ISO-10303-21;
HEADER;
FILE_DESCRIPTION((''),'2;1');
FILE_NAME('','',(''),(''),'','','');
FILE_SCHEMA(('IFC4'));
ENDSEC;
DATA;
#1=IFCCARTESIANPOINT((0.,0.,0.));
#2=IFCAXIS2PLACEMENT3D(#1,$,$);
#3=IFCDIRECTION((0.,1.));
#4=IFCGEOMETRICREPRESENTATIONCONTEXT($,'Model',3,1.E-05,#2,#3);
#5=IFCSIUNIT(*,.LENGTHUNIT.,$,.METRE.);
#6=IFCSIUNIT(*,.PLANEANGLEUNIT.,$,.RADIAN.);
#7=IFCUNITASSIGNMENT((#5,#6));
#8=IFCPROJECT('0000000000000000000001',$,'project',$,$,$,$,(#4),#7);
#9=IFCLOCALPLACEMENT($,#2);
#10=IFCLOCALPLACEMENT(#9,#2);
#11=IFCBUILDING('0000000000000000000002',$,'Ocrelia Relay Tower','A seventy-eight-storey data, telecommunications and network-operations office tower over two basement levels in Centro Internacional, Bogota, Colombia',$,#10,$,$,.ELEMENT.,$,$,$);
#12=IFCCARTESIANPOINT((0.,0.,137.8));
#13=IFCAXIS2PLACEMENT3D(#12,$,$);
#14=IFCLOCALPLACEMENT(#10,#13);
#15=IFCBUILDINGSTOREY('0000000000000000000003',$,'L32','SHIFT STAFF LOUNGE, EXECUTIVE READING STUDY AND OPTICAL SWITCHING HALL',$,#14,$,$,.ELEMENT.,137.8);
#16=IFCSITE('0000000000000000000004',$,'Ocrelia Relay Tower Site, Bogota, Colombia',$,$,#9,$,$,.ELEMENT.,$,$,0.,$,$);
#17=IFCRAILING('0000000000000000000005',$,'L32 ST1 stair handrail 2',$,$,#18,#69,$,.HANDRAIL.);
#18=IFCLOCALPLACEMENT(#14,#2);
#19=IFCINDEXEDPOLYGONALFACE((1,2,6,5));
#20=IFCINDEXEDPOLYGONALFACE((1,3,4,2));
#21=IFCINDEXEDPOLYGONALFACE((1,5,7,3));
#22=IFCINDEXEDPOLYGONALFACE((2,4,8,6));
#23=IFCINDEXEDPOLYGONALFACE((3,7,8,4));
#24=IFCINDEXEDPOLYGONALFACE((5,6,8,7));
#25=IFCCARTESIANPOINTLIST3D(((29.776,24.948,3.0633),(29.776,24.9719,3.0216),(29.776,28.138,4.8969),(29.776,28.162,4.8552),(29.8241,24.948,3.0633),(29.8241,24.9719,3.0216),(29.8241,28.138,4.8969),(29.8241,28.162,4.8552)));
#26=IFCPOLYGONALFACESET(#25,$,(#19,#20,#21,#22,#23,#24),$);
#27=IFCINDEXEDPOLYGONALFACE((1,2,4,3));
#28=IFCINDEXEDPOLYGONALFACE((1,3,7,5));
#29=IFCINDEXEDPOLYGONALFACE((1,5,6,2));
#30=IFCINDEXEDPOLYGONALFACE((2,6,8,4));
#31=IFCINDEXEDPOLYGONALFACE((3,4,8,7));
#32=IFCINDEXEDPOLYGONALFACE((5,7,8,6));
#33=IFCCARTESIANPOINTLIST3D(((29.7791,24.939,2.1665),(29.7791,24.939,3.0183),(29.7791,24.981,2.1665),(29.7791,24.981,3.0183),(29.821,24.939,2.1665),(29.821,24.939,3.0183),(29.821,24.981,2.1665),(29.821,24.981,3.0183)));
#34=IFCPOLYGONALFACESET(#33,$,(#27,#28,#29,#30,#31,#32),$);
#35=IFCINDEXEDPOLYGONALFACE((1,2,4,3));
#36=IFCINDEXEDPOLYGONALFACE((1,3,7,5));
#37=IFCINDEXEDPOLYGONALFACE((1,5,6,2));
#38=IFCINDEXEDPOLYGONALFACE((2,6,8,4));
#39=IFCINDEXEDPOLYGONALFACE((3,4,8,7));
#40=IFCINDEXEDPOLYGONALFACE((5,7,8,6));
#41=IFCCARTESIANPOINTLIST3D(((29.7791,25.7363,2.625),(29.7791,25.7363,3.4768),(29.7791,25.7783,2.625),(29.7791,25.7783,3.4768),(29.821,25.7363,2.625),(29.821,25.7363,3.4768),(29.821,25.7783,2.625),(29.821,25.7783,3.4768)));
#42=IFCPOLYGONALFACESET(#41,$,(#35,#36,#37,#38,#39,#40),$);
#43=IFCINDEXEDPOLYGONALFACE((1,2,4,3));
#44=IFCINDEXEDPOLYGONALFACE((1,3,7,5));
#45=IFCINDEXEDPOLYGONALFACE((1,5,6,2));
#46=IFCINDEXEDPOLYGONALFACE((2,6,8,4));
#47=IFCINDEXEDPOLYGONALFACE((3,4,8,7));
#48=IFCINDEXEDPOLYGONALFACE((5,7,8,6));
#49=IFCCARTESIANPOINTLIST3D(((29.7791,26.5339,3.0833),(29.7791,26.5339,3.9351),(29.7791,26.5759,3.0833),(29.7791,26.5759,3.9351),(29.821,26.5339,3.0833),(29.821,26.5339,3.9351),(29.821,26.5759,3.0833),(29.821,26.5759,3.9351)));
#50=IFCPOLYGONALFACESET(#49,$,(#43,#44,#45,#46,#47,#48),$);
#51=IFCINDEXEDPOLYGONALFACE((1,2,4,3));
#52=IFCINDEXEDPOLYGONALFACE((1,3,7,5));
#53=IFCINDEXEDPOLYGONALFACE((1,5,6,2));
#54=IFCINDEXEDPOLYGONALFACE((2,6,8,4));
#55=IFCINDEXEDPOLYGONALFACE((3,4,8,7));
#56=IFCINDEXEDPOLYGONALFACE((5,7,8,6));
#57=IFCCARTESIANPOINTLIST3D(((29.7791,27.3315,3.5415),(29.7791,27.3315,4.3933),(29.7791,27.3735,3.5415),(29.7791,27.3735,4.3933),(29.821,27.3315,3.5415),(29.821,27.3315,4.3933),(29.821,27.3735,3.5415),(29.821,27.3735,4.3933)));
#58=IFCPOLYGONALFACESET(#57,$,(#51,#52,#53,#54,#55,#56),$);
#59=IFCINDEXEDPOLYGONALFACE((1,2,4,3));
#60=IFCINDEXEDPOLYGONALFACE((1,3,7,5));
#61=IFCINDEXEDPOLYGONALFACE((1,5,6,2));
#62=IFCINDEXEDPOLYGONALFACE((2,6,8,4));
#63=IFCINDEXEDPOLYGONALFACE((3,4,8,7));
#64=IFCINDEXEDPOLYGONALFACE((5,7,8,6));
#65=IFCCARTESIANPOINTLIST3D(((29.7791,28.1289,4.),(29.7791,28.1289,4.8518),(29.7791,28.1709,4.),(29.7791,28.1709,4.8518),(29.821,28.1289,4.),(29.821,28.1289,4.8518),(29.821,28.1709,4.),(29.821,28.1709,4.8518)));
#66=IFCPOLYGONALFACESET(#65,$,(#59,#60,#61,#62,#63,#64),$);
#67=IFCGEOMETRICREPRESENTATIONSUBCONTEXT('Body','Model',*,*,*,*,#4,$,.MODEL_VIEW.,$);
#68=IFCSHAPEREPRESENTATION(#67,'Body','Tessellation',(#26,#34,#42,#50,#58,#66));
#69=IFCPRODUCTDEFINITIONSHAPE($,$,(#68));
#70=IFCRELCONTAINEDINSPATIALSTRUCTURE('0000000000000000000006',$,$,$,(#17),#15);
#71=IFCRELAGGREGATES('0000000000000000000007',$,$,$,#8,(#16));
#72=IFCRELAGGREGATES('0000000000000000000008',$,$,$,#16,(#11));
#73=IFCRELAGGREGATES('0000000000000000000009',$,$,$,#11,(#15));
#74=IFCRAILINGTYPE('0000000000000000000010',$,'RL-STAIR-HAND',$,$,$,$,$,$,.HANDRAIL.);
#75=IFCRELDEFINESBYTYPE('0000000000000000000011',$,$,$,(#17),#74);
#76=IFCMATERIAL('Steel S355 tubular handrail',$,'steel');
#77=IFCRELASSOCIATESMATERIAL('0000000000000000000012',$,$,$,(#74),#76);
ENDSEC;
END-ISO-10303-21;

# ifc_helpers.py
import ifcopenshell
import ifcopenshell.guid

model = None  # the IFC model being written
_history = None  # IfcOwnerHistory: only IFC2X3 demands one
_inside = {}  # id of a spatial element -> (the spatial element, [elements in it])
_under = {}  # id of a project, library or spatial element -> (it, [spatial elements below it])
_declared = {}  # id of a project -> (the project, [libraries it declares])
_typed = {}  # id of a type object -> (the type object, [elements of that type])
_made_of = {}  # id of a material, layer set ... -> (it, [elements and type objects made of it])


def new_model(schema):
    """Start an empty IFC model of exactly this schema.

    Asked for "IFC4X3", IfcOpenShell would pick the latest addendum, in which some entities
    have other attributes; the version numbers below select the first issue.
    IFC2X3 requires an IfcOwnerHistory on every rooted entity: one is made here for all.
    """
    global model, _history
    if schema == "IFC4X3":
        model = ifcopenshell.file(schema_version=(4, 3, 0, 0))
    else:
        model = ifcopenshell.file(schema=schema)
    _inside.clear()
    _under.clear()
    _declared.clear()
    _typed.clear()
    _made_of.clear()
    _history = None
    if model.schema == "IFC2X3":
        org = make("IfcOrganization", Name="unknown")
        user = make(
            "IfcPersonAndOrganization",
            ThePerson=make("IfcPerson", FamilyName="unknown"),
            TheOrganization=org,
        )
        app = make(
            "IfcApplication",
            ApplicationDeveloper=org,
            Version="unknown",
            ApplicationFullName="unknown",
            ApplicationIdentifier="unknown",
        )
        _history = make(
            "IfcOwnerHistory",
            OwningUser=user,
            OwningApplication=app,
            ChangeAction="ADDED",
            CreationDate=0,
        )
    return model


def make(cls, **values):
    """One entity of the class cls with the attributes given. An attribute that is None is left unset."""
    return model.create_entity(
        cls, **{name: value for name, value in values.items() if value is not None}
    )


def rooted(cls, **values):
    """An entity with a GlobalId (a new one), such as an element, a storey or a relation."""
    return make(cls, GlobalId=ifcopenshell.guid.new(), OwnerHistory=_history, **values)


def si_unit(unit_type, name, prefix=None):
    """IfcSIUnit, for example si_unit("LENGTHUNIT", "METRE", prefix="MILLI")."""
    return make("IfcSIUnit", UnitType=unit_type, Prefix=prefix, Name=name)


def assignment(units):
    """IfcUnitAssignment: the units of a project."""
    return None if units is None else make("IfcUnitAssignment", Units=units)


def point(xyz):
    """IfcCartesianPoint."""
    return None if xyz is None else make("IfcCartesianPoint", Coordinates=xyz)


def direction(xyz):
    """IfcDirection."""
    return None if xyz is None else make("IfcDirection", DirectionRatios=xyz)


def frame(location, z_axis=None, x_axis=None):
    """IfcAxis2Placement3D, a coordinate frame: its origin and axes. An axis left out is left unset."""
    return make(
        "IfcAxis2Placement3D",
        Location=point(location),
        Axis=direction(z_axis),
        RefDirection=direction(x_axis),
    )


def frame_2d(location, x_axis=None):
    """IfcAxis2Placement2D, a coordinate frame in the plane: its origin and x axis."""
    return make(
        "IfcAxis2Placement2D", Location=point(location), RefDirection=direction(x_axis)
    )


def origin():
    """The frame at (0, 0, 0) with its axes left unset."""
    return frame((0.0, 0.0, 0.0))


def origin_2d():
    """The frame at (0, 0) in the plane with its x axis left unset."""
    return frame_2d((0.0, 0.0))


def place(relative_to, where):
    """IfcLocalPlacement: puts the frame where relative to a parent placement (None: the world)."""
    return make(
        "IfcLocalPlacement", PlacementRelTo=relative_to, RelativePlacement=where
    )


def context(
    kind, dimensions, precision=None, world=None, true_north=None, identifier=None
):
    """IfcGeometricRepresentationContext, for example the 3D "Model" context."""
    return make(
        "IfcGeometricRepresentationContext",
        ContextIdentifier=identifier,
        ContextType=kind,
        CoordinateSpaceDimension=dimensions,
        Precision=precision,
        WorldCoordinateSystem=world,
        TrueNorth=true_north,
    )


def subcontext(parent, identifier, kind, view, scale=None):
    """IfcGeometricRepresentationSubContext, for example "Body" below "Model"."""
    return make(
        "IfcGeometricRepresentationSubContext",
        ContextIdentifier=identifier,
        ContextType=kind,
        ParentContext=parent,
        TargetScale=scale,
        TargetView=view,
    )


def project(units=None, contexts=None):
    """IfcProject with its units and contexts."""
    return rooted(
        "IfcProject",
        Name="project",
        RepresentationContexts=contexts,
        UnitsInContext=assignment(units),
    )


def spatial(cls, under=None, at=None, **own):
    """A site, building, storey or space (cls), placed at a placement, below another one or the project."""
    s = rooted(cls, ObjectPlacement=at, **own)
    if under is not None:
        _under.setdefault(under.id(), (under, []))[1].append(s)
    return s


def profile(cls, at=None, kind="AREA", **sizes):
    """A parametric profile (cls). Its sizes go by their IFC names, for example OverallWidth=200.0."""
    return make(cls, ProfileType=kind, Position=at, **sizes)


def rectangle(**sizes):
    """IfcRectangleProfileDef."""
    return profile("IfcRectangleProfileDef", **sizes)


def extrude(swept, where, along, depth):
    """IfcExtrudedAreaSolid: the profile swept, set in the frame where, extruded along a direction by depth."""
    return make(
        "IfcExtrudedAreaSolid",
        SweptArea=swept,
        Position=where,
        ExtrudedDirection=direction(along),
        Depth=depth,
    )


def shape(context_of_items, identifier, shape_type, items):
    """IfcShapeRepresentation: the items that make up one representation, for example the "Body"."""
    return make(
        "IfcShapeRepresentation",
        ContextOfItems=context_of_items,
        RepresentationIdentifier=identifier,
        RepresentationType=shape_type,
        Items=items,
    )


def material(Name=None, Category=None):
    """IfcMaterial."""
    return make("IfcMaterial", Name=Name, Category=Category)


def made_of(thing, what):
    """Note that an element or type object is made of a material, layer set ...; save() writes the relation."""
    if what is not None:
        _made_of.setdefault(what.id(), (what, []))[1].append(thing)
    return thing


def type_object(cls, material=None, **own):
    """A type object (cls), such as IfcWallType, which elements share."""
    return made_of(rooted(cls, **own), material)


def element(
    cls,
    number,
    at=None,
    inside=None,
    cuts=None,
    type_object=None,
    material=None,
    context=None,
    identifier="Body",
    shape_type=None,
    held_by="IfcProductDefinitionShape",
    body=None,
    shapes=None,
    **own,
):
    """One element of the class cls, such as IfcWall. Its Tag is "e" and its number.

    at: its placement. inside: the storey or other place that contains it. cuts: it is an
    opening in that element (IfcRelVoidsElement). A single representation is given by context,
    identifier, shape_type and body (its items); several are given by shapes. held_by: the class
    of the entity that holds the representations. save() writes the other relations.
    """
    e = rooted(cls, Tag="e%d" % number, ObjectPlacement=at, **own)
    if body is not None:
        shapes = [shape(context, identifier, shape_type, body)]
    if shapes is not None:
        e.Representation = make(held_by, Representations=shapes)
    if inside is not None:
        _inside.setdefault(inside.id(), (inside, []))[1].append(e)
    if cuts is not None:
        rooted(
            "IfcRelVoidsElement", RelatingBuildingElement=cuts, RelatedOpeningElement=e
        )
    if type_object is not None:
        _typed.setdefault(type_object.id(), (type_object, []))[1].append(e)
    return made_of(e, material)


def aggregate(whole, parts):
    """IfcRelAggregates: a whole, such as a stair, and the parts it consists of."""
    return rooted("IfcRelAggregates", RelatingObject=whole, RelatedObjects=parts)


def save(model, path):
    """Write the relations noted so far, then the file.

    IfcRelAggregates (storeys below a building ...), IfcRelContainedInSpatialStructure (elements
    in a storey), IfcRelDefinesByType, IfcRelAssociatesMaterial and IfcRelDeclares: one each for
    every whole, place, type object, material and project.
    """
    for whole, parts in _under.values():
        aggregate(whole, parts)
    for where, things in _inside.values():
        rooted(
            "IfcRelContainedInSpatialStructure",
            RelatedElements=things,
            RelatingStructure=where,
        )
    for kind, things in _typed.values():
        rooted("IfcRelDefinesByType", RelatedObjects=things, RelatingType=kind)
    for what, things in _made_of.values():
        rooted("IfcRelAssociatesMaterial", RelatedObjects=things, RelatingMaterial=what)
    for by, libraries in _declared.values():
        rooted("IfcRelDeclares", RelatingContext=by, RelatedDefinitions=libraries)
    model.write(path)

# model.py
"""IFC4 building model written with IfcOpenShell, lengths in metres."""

from ifc_helpers import new_model, si_unit, direction, frame, origin, origin_2d, place, context, subcontext, project, spatial, rectangle, extrude, material, type_object, element, save


model = new_model("IFC4")

# Units and contexts
model_context = context("Model", 3, precision=1e-05, world=origin(), true_north=direction((0.0, 1.0)))
body_context = subcontext(model_context, "Body", "Model", "MODEL_VIEW")
ifc_project = project(units=[si_unit("LENGTHUNIT", "METRE"), si_unit("PLANEANGLEUNIT", "RADIAN")], contexts=[model_context])

# Site, building, storey
site_placement = place(None, origin())
site = spatial("IfcSite", under=ifc_project, at=site_placement, Name="Ocrelia Relay Tower Site, Bogota, Colombia", CompositionType="ELEMENT", RefElevation=0.0)
building_placement = place(site_placement, origin())
building = spatial("IfcBuilding", under=site, at=building_placement, Name="Ocrelia Relay Tower", Description="A seventy-eight-storey data, telecommunications and network-operations office tower over two basement levels in Centro Internacional, Bogota, Colombia", CompositionType="ELEMENT")
storey_placement = place(building_placement, frame((0.0, 0.0, 137.8)))
storey = spatial("IfcBuildingStorey", under=building, at=storey_placement, Name="L32", Description="SHIFT STAFF LOUNGE, EXECUTIVE READING STUDY AND OPTICAL SWITCHING HALL", CompositionType="ELEMENT", Elevation=137.8)

# Railing
ifc_material_1 = material(Name="Steel S355 tubular handrail", Category="steel")
railing_type_1 = type_object("IfcRailingType", Name="RL-STAIR-HAND", PredefinedType="HANDRAIL", material=ifc_material_1)
railing_1_placement = place(storey_placement, frame((29.8, 24.96, 2.1665)))
element("IfcRailing", 1, at=railing_1_placement, inside=storey, type_object=railing_type_1, Name="L32 ST1 stair handrail 2", PredefinedType="HANDRAIL", context=body_context, shape_type="SweptSolid", body=[
    extrude(rectangle(XDim=0.0481, YDim=0.0481, at=origin_2d()), frame((0.0, 0.0, 0.876), z_axis=(0.0, 0.866991, 0.498324), x_axis=(-1.0, 0.0, 0.0)), (0.0, 0.0, 1.0), 3.6794),
    extrude(rectangle(XDim=0.042, YDim=0.042, at=origin_2d()), origin(), (0.0, 0.0, 1.0), 0.8518),
    extrude(rectangle(XDim=0.042, YDim=0.042, at=origin_2d()), frame((0.0, 0.7974, 0.4585)), (0.0, 0.0, 1.0), 0.8518),
    extrude(rectangle(XDim=0.042, YDim=0.042, at=origin_2d()), frame((0.0, 1.595, 0.9167)), (0.0, 0.0, 1.0), 0.8518),
    extrude(rectangle(XDim=0.042, YDim=0.042, at=origin_2d()), frame((0.0, 2.3926, 1.375)), (0.0, 0.0, 1.0), 0.8518),
    extrude(rectangle(XDim=0.042, YDim=0.042, at=origin_2d()), frame((0.0, 3.1899, 1.8335)), (0.0, 0.0, 1.0), 0.8518),
])

save(model, "model.ifc")
